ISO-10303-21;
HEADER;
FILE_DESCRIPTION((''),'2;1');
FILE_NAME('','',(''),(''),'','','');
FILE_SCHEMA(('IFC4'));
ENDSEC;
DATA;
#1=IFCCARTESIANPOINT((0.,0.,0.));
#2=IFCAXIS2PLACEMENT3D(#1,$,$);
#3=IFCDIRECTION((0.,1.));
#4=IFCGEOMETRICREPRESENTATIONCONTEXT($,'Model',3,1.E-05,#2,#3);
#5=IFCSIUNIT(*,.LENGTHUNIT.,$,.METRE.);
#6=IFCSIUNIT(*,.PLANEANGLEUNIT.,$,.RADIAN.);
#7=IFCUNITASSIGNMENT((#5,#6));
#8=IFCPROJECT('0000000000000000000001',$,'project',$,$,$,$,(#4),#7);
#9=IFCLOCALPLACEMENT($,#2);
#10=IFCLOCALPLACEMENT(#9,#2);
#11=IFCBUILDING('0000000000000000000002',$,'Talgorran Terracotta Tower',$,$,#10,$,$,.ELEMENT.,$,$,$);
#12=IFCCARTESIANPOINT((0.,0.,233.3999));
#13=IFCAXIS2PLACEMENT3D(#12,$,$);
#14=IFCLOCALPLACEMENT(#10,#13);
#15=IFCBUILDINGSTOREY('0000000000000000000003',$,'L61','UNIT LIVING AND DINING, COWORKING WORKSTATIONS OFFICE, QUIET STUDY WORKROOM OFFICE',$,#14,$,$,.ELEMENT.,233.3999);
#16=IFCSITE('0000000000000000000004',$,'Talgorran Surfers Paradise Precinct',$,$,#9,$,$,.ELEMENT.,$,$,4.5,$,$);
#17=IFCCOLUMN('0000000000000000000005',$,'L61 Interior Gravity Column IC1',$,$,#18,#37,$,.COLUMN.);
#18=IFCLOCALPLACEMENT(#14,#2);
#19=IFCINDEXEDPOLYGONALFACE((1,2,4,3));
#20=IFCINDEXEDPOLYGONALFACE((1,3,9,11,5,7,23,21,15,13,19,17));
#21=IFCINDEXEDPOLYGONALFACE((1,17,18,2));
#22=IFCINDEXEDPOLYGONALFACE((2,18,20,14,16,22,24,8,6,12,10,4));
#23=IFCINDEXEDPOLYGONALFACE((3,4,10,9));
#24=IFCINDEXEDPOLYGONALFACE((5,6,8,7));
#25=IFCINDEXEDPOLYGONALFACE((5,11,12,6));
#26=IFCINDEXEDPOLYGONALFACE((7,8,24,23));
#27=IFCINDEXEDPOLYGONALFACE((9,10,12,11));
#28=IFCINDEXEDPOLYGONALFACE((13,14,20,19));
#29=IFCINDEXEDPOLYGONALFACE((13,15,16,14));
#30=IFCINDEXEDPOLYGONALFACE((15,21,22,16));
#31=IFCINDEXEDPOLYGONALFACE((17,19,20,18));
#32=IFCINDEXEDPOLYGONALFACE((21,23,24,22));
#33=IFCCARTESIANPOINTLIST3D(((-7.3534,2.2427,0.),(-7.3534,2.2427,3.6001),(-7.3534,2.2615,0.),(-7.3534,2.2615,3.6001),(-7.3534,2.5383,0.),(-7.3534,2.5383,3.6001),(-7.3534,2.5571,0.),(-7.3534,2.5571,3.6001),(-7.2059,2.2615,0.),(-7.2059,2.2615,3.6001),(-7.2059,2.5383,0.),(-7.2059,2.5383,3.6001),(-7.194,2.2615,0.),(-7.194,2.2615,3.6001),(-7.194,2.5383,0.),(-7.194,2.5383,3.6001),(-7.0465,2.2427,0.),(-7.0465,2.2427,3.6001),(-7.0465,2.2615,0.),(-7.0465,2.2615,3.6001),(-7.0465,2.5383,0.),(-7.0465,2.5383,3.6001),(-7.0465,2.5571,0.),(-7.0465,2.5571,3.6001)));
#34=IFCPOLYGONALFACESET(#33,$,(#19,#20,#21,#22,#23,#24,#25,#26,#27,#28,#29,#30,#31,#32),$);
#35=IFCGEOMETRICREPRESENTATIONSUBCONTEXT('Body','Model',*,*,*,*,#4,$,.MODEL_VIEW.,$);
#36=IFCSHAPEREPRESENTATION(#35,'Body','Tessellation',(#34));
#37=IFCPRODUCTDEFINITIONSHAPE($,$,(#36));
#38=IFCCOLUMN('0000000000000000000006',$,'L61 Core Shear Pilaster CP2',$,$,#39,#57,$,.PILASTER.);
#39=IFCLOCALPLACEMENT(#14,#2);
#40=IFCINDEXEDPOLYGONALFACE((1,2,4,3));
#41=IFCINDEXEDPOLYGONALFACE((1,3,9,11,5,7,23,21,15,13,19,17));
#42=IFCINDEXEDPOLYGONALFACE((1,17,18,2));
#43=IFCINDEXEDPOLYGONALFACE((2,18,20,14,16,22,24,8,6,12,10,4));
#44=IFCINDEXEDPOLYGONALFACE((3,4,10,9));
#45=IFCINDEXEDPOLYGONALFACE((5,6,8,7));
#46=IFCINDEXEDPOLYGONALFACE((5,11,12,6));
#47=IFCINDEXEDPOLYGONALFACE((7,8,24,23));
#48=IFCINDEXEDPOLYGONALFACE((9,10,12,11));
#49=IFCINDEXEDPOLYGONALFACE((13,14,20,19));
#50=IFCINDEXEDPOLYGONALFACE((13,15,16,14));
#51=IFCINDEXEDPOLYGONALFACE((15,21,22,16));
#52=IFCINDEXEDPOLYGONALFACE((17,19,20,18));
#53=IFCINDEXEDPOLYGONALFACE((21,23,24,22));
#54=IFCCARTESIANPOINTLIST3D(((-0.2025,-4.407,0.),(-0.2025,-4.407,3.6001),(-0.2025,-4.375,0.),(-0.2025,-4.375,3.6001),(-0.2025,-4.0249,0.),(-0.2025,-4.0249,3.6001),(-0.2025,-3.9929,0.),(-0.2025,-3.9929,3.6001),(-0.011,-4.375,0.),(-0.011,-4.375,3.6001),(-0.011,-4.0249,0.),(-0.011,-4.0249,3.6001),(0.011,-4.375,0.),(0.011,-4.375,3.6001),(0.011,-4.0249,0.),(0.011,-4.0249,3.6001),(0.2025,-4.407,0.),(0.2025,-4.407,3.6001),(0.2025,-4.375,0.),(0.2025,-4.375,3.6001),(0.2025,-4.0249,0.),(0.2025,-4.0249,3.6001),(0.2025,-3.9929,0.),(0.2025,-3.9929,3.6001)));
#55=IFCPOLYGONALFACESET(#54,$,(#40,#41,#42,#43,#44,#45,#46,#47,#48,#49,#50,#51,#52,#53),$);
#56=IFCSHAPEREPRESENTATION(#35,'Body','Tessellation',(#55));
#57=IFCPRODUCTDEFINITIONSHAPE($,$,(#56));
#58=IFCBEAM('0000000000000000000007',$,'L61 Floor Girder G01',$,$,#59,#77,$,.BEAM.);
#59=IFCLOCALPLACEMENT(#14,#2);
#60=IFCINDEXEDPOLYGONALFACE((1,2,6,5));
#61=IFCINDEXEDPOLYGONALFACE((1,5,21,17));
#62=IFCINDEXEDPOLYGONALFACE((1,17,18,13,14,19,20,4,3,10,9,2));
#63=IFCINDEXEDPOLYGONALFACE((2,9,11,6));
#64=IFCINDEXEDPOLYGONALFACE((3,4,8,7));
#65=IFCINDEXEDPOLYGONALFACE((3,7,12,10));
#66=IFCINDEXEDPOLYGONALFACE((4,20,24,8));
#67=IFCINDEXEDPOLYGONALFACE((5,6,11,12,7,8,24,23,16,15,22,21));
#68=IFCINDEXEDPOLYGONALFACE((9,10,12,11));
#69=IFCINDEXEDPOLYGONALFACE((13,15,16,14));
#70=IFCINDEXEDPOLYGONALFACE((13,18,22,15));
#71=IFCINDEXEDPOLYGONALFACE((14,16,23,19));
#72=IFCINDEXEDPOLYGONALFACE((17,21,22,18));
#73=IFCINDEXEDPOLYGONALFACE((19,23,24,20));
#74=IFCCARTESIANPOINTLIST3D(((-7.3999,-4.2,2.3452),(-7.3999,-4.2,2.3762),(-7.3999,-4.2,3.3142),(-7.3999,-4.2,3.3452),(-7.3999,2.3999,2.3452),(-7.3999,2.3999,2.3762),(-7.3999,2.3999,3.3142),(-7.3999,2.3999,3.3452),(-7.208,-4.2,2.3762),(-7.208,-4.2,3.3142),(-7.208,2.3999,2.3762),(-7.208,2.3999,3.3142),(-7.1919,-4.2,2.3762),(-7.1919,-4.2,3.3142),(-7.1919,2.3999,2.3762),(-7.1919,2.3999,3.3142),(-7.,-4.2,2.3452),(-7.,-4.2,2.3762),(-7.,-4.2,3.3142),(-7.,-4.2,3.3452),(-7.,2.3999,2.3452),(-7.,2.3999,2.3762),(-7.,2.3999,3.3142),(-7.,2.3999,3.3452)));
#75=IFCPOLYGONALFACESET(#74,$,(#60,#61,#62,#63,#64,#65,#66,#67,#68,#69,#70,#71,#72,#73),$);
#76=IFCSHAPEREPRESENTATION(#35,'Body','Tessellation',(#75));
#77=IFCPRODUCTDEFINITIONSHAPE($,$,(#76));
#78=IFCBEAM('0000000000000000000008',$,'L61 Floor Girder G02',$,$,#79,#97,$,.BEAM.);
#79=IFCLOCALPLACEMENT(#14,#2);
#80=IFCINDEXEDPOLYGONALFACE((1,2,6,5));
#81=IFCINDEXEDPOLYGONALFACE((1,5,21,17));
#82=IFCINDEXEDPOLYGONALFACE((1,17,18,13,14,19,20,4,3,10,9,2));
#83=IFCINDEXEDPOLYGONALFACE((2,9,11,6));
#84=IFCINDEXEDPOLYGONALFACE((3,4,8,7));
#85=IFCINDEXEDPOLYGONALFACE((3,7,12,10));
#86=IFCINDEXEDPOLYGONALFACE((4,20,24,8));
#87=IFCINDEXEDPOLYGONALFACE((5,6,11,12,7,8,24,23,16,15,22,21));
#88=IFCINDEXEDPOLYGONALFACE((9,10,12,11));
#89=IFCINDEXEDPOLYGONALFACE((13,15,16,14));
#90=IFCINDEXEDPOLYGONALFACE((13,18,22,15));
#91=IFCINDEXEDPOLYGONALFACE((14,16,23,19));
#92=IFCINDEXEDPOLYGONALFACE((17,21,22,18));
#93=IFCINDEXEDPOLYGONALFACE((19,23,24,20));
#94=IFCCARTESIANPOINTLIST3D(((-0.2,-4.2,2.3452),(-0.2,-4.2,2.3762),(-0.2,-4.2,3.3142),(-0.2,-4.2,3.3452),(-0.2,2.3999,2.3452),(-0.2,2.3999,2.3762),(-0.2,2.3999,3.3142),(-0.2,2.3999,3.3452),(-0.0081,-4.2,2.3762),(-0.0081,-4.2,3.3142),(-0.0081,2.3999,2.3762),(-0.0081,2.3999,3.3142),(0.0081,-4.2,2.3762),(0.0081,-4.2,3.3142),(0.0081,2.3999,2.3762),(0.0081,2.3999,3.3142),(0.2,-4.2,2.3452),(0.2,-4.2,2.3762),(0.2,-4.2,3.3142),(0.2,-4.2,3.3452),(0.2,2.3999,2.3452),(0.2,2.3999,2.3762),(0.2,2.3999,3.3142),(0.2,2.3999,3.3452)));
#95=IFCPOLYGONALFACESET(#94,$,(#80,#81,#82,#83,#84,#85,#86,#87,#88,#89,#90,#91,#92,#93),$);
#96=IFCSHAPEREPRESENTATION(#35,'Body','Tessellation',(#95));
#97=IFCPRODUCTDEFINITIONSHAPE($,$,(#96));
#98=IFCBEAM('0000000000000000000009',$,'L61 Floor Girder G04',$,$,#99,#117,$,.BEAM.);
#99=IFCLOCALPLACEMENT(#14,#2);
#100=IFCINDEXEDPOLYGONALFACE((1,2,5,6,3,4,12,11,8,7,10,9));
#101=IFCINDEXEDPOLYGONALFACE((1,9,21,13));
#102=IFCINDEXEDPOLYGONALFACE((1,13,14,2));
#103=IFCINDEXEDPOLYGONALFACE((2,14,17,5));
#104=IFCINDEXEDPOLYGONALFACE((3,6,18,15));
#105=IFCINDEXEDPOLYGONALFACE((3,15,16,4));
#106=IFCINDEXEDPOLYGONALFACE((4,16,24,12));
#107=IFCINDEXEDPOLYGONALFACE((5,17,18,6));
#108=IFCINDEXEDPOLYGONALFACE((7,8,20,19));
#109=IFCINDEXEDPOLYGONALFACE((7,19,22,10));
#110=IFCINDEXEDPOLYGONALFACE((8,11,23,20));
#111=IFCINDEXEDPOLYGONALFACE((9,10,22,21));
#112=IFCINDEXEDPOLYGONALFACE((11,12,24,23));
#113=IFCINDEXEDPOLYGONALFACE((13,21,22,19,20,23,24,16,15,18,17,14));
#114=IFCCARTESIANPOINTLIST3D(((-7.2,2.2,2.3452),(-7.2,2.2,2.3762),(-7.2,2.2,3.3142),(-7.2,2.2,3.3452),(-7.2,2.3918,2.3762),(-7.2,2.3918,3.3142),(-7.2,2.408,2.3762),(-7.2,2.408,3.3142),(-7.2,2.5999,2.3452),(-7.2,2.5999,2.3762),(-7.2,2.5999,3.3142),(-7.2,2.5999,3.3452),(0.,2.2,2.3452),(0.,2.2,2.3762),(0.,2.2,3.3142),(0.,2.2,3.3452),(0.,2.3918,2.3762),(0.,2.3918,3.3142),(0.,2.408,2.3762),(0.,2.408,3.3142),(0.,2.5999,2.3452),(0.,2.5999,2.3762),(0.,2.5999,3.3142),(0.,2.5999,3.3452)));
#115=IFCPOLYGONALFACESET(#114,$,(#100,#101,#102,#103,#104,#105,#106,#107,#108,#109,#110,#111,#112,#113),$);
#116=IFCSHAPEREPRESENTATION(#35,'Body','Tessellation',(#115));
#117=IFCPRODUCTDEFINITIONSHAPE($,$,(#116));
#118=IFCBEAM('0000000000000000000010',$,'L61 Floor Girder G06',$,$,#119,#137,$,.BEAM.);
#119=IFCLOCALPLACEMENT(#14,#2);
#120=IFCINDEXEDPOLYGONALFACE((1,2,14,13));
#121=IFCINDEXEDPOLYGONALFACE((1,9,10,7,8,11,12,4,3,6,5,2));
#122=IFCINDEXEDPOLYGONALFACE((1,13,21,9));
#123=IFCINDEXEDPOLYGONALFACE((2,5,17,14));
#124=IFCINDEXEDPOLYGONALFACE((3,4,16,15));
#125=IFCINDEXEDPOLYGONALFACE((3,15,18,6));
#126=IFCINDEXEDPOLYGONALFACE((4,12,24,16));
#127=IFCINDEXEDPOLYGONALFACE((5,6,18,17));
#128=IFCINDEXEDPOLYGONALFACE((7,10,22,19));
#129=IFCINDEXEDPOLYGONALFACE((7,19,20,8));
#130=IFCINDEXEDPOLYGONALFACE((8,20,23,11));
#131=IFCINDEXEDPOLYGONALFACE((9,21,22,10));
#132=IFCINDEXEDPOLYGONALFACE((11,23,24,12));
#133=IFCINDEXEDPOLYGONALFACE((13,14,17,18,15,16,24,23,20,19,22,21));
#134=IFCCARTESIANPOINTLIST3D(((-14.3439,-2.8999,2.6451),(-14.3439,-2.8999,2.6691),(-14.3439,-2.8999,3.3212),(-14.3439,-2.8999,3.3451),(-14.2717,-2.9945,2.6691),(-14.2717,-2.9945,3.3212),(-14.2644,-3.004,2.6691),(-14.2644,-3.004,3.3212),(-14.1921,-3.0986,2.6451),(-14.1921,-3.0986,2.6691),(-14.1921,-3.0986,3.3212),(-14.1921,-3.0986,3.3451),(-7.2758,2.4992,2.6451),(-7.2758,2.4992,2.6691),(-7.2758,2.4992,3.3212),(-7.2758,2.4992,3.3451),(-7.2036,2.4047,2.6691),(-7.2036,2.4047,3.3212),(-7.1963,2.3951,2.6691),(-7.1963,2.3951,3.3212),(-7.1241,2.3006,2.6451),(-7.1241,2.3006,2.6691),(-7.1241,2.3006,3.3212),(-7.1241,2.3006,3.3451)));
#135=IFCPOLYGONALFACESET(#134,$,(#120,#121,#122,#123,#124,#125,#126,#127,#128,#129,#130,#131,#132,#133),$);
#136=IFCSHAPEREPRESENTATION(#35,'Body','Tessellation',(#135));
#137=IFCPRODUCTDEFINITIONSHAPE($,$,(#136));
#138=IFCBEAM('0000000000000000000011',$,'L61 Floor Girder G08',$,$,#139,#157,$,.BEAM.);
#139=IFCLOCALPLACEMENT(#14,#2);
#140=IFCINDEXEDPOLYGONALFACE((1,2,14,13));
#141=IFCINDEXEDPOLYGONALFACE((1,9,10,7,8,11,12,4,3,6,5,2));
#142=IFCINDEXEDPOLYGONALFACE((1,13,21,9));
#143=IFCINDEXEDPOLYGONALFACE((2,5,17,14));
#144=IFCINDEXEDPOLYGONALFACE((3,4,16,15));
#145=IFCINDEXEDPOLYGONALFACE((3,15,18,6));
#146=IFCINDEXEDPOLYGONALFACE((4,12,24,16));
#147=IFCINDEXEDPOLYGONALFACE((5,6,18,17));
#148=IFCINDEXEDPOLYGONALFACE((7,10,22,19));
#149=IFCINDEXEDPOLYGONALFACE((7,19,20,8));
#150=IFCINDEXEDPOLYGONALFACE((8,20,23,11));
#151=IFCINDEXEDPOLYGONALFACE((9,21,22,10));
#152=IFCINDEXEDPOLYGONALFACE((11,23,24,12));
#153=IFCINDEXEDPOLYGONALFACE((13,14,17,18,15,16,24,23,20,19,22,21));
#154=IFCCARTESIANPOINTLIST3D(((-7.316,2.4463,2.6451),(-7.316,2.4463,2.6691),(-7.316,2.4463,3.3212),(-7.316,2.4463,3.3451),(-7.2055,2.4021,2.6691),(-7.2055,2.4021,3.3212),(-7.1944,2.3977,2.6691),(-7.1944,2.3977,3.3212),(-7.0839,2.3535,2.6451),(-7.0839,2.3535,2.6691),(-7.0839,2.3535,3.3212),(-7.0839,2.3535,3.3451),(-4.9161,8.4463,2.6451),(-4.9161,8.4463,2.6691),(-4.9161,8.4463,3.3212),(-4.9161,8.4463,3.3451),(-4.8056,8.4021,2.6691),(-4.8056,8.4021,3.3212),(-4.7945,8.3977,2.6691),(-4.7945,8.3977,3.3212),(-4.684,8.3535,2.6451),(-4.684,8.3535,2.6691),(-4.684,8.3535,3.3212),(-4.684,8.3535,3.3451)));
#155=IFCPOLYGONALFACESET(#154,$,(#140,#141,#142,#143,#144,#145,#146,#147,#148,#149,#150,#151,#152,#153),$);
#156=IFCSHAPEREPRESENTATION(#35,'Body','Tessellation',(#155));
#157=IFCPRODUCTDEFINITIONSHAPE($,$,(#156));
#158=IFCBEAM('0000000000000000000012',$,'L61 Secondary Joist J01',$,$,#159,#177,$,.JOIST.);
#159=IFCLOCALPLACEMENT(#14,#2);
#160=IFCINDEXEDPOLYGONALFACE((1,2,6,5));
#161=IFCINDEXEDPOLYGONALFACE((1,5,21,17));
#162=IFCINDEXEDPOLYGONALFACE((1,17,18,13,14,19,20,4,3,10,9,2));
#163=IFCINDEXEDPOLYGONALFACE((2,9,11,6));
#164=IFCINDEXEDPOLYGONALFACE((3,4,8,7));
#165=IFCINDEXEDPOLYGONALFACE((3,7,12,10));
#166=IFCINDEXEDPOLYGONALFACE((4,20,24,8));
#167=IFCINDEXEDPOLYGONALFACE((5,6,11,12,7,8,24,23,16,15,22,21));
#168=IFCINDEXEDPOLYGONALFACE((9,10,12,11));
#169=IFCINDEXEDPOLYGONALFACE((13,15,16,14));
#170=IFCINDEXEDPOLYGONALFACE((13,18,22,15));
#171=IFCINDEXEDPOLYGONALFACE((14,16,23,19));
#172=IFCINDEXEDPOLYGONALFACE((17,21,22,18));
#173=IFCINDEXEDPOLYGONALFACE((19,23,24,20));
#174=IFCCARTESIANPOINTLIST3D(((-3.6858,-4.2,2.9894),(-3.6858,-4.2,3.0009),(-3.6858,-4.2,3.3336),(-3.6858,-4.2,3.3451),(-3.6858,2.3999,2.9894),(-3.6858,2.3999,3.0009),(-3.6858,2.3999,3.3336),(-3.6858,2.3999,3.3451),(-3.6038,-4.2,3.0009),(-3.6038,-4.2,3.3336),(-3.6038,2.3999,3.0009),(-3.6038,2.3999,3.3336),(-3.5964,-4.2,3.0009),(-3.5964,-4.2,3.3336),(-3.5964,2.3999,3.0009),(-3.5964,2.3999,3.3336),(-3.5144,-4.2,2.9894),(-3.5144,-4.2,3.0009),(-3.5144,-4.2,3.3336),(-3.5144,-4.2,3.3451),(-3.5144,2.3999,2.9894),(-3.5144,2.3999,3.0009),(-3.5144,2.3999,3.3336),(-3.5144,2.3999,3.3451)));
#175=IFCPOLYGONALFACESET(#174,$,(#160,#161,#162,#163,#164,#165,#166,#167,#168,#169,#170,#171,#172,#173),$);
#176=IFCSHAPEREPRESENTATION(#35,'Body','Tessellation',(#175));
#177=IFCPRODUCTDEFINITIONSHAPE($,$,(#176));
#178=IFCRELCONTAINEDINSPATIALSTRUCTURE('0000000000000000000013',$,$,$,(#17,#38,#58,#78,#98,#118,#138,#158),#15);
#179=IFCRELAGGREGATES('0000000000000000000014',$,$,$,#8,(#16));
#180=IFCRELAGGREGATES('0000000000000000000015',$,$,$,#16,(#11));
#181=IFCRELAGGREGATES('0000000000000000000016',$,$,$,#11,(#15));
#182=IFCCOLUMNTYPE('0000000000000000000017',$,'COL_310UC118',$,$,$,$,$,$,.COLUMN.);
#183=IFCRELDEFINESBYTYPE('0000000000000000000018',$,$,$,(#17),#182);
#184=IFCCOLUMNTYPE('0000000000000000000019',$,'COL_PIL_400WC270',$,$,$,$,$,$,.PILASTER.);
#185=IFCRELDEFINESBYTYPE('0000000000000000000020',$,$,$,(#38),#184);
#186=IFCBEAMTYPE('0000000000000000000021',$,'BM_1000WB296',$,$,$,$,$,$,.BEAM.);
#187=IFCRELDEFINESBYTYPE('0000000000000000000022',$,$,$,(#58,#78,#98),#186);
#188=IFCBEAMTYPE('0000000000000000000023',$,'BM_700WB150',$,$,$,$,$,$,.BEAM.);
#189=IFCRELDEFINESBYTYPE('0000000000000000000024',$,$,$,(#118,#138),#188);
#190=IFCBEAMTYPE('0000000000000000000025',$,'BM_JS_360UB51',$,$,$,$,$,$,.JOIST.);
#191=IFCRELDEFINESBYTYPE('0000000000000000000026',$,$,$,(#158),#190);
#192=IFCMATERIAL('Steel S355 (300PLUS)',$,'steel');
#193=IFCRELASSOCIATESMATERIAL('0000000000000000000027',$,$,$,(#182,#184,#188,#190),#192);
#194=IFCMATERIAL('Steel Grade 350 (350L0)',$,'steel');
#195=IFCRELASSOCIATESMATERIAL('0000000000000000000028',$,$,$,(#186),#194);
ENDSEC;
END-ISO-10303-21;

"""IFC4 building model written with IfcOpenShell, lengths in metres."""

from ifc_helpers import new_model, si_unit, direction, frame, origin, origin_2d, place, context, subcontext, project, spatial, i_section, extrude, material, material_profile, profile_set, type_object, element, save


model = new_model("IFC4")

# Units and contexts
model_context = context("Model", 3, precision=1e-05, world=origin(), true_north=direction((0.0, 1.0)))
body_context = subcontext(model_context, "Body", "Model", "MODEL_VIEW")
ifc_project = project(units=[si_unit("LENGTHUNIT", "METRE"), si_unit("PLANEANGLEUNIT", "RADIAN")], contexts=[model_context])

# Site, building, storey
site_placement = place(None, origin())
site = spatial("IfcSite", under=ifc_project, at=site_placement, Name="Talgorran Surfers Paradise Precinct", CompositionType="ELEMENT", RefElevation=4.5)
building_placement = place(site_placement, origin())
building = spatial("IfcBuilding", under=site, at=building_placement, Name="Talgorran Terracotta Tower", CompositionType="ELEMENT")
storey_placement = place(building_placement, frame((0.0, 0.0, 233.3999)))
storey = spatial("IfcBuildingStorey", under=building, at=storey_placement, Name="L61", Description="UNIT LIVING AND DINING, COWORKING WORKSTATIONS OFFICE, QUIET STUDY WORKROOM OFFICE", CompositionType="ELEMENT", Elevation=233.3999)

# Columns
ifc_material_1 = material(Name="Steel S355 (300PLUS)", Category="steel")
ifc_material_profile_1 = material_profile(ifc_material_1, i_section(OverallWidth=0.3069, OverallDepth=0.3145, WebThickness=0.012, FlangeThickness=0.0188, at=origin_2d()), Name="310UC118")
ifc_profile_set_1 = profile_set([ifc_material_profile_1], Name="Steel S355 (300PLUS)")
column_type_1 = type_object("IfcColumnType", Name="COL_310UC118", PredefinedType="COLUMN", material=ifc_profile_set_1)
column_1_placement = place(storey_placement, frame((-7.2, 2.3999, 0.0), z_axis=(0.0, 0.0, 1.0), x_axis=(1.0, 0.0, 0.0)))
element("IfcColumn", 1, at=column_1_placement, inside=storey, type_object=column_type_1, Name="L61 Interior Gravity Column IC1", PredefinedType="COLUMN", context=body_context, shape_type="SweptSolid", body=[
    extrude(i_section(OverallWidth=0.3069, OverallDepth=0.3145, WebThickness=0.012, FlangeThickness=0.0188, at=origin_2d()), origin(), (0.0, 0.0, 1.0), 3.6001),
])
ifc_material_profile_2 = material_profile(ifc_material_1, i_section(OverallWidth=0.405, OverallDepth=0.4141, WebThickness=0.022, FlangeThickness=0.032, at=origin_2d()), Name="400WC270")
ifc_profile_set_2 = profile_set([ifc_material_profile_2], Name="Steel S355 (300PLUS)")
column_type_2 = type_object("IfcColumnType", Name="COL_PIL_400WC270", PredefinedType="PILASTER", material=ifc_profile_set_2)
column_2_placement = place(storey_placement, frame((0.0, -4.2, 0.0), z_axis=(0.0, 0.0, 1.0), x_axis=(1.0, 0.0, 0.0)))
element("IfcColumn", 2, at=column_2_placement, inside=storey, type_object=column_type_2, Name="L61 Core Shear Pilaster CP2", PredefinedType="PILASTER", context=body_context, shape_type="SweptSolid", body=[
    extrude(i_section(OverallWidth=0.405, OverallDepth=0.4141, WebThickness=0.022, FlangeThickness=0.032, at=origin_2d()), origin(), (0.0, 0.0, 1.0), 3.6001),
])

# Beams
ifc_material_2 = material(Name="Steel Grade 350 (350L0)", Category="steel")
ifc_material_profile_3 = material_profile(ifc_material_2, i_section(OverallWidth=0.3999, OverallDepth=1.0, WebThickness=0.0161, FlangeThickness=0.031, at=origin_2d()), Name="1000WB296")
ifc_profile_set_3 = profile_set([ifc_material_profile_3], Name="Steel Grade 350 (350L0)")
beam_type_1 = type_object("IfcBeamType", Name="BM_1000WB296", PredefinedType="BEAM", material=ifc_profile_set_3)
for number, where, z_axis, x_axis, name in (
    (3, (-7.2, -4.2, 2.8452), (0.0, 1.0, 0.0), (-1.0, 0.0, 0.0), "L61 Floor Girder G01"),
    (4, (0.0, -4.2, 2.8452), (0.0, 1.0, 0.0), (-1.0, 0.0, 0.0), "L61 Floor Girder G02"),
):
    element("IfcBeam", number, at=place(storey_placement, frame(where, z_axis=z_axis, x_axis=x_axis)), inside=storey, type_object=beam_type_1, Name=name, PredefinedType="BEAM", context=body_context, shape_type="SweptSolid", body=[
        extrude(i_section(OverallWidth=0.3999, OverallDepth=1.0, WebThickness=0.0161, FlangeThickness=0.031, at=origin_2d()), origin(), (0.0, 0.0, 1.0), 6.5999),
    ])
beam_1_placement = place(storey_placement, frame((-7.2, 2.3999, 2.8452), z_axis=(1.0, 0.0, 0.0), x_axis=(0.0, 1.0, 0.0)))
element("IfcBeam", 5, at=beam_1_placement, inside=storey, type_object=beam_type_1, Name="L61 Floor Girder G04", PredefinedType="BEAM", context=body_context, shape_type="SweptSolid", body=[
    extrude(i_section(OverallWidth=0.3999, OverallDepth=1.0, WebThickness=0.0161, FlangeThickness=0.031, at=origin_2d()), origin(), (0.0, 0.0, 1.0), 7.2),
])
ifc_material_profile_4 = material_profile(ifc_material_1, i_section(OverallWidth=0.25, OverallDepth=0.7, WebThickness=0.012, FlangeThickness=0.0239, at=origin_2d()), Name="700WB150")
ifc_profile_set_4 = profile_set([ifc_material_profile_4], Name="Steel S355 (300PLUS)")
beam_type_2 = type_object("IfcBeamType", Name="BM_700WB150", PredefinedType="BEAM", material=ifc_profile_set_4)
beam_2_placement = place(storey_placement, frame((-7.2, 2.3999, 2.9951), z_axis=(-0.794676, -0.607034, 0.0), x_axis=(0.607034, -0.794676, 0.0)))
element("IfcBeam", 6, at=beam_2_placement, inside=storey, type_object=beam_type_2, Name="L61 Floor Girder G06", PredefinedType="BEAM", context=body_context, shape_type="SweptSolid", body=[
    extrude(i_section(OverallWidth=0.25, OverallDepth=0.7, WebThickness=0.012, FlangeThickness=0.0239, at=origin_2d()), origin(), (0.0, 0.0, 1.0), 8.8943),
])
beam_3_placement = place(storey_placement, frame((-7.2, 2.3999, 2.9951), z_axis=(0.371378, 0.928482, 0.0), x_axis=(-0.928482, 0.371378, 0.0)))
element("IfcBeam", 7, at=beam_3_placement, inside=storey, type_object=beam_type_2, Name="L61 Floor Girder G08", PredefinedType="BEAM", context=body_context, shape_type="SweptSolid", body=[
    extrude(i_section(OverallWidth=0.25, OverallDepth=0.7, WebThickness=0.012, FlangeThickness=0.0239, at=origin_2d()), origin(), (0.0, 0.0, 1.0), 6.4622),
])
ifc_material_profile_5 = material_profile(ifc_material_1, i_section(OverallWidth=0.1714, OverallDepth=0.3557, WebThickness=0.0073, FlangeThickness=0.0115, at=origin_2d()), Name="360UB50.7")
ifc_profile_set_5 = profile_set([ifc_material_profile_5], Name="Steel S355 (300PLUS)")
beam_type_3 = type_object("IfcBeamType", Name="BM_JS_360UB51", PredefinedType="JOIST", material=ifc_profile_set_5)
beam_4_placement = place(storey_placement, frame((-3.6001, -4.2, 3.1672), z_axis=(0.0, 1.0, 0.0), x_axis=(-1.0, 0.0, 0.0)))
element("IfcBeam", 8, at=beam_4_placement, inside=storey, type_object=beam_type_3, Name="L61 Secondary Joist J01", PredefinedType="JOIST", context=body_context, shape_type="SweptSolid", body=[
    extrude(i_section(OverallWidth=0.1714, OverallDepth=0.3557, WebThickness=0.0073, FlangeThickness=0.0115, at=origin_2d()), origin(), (0.0, 0.0, 1.0), 6.5999),
])

save(model, "model.ifc")
